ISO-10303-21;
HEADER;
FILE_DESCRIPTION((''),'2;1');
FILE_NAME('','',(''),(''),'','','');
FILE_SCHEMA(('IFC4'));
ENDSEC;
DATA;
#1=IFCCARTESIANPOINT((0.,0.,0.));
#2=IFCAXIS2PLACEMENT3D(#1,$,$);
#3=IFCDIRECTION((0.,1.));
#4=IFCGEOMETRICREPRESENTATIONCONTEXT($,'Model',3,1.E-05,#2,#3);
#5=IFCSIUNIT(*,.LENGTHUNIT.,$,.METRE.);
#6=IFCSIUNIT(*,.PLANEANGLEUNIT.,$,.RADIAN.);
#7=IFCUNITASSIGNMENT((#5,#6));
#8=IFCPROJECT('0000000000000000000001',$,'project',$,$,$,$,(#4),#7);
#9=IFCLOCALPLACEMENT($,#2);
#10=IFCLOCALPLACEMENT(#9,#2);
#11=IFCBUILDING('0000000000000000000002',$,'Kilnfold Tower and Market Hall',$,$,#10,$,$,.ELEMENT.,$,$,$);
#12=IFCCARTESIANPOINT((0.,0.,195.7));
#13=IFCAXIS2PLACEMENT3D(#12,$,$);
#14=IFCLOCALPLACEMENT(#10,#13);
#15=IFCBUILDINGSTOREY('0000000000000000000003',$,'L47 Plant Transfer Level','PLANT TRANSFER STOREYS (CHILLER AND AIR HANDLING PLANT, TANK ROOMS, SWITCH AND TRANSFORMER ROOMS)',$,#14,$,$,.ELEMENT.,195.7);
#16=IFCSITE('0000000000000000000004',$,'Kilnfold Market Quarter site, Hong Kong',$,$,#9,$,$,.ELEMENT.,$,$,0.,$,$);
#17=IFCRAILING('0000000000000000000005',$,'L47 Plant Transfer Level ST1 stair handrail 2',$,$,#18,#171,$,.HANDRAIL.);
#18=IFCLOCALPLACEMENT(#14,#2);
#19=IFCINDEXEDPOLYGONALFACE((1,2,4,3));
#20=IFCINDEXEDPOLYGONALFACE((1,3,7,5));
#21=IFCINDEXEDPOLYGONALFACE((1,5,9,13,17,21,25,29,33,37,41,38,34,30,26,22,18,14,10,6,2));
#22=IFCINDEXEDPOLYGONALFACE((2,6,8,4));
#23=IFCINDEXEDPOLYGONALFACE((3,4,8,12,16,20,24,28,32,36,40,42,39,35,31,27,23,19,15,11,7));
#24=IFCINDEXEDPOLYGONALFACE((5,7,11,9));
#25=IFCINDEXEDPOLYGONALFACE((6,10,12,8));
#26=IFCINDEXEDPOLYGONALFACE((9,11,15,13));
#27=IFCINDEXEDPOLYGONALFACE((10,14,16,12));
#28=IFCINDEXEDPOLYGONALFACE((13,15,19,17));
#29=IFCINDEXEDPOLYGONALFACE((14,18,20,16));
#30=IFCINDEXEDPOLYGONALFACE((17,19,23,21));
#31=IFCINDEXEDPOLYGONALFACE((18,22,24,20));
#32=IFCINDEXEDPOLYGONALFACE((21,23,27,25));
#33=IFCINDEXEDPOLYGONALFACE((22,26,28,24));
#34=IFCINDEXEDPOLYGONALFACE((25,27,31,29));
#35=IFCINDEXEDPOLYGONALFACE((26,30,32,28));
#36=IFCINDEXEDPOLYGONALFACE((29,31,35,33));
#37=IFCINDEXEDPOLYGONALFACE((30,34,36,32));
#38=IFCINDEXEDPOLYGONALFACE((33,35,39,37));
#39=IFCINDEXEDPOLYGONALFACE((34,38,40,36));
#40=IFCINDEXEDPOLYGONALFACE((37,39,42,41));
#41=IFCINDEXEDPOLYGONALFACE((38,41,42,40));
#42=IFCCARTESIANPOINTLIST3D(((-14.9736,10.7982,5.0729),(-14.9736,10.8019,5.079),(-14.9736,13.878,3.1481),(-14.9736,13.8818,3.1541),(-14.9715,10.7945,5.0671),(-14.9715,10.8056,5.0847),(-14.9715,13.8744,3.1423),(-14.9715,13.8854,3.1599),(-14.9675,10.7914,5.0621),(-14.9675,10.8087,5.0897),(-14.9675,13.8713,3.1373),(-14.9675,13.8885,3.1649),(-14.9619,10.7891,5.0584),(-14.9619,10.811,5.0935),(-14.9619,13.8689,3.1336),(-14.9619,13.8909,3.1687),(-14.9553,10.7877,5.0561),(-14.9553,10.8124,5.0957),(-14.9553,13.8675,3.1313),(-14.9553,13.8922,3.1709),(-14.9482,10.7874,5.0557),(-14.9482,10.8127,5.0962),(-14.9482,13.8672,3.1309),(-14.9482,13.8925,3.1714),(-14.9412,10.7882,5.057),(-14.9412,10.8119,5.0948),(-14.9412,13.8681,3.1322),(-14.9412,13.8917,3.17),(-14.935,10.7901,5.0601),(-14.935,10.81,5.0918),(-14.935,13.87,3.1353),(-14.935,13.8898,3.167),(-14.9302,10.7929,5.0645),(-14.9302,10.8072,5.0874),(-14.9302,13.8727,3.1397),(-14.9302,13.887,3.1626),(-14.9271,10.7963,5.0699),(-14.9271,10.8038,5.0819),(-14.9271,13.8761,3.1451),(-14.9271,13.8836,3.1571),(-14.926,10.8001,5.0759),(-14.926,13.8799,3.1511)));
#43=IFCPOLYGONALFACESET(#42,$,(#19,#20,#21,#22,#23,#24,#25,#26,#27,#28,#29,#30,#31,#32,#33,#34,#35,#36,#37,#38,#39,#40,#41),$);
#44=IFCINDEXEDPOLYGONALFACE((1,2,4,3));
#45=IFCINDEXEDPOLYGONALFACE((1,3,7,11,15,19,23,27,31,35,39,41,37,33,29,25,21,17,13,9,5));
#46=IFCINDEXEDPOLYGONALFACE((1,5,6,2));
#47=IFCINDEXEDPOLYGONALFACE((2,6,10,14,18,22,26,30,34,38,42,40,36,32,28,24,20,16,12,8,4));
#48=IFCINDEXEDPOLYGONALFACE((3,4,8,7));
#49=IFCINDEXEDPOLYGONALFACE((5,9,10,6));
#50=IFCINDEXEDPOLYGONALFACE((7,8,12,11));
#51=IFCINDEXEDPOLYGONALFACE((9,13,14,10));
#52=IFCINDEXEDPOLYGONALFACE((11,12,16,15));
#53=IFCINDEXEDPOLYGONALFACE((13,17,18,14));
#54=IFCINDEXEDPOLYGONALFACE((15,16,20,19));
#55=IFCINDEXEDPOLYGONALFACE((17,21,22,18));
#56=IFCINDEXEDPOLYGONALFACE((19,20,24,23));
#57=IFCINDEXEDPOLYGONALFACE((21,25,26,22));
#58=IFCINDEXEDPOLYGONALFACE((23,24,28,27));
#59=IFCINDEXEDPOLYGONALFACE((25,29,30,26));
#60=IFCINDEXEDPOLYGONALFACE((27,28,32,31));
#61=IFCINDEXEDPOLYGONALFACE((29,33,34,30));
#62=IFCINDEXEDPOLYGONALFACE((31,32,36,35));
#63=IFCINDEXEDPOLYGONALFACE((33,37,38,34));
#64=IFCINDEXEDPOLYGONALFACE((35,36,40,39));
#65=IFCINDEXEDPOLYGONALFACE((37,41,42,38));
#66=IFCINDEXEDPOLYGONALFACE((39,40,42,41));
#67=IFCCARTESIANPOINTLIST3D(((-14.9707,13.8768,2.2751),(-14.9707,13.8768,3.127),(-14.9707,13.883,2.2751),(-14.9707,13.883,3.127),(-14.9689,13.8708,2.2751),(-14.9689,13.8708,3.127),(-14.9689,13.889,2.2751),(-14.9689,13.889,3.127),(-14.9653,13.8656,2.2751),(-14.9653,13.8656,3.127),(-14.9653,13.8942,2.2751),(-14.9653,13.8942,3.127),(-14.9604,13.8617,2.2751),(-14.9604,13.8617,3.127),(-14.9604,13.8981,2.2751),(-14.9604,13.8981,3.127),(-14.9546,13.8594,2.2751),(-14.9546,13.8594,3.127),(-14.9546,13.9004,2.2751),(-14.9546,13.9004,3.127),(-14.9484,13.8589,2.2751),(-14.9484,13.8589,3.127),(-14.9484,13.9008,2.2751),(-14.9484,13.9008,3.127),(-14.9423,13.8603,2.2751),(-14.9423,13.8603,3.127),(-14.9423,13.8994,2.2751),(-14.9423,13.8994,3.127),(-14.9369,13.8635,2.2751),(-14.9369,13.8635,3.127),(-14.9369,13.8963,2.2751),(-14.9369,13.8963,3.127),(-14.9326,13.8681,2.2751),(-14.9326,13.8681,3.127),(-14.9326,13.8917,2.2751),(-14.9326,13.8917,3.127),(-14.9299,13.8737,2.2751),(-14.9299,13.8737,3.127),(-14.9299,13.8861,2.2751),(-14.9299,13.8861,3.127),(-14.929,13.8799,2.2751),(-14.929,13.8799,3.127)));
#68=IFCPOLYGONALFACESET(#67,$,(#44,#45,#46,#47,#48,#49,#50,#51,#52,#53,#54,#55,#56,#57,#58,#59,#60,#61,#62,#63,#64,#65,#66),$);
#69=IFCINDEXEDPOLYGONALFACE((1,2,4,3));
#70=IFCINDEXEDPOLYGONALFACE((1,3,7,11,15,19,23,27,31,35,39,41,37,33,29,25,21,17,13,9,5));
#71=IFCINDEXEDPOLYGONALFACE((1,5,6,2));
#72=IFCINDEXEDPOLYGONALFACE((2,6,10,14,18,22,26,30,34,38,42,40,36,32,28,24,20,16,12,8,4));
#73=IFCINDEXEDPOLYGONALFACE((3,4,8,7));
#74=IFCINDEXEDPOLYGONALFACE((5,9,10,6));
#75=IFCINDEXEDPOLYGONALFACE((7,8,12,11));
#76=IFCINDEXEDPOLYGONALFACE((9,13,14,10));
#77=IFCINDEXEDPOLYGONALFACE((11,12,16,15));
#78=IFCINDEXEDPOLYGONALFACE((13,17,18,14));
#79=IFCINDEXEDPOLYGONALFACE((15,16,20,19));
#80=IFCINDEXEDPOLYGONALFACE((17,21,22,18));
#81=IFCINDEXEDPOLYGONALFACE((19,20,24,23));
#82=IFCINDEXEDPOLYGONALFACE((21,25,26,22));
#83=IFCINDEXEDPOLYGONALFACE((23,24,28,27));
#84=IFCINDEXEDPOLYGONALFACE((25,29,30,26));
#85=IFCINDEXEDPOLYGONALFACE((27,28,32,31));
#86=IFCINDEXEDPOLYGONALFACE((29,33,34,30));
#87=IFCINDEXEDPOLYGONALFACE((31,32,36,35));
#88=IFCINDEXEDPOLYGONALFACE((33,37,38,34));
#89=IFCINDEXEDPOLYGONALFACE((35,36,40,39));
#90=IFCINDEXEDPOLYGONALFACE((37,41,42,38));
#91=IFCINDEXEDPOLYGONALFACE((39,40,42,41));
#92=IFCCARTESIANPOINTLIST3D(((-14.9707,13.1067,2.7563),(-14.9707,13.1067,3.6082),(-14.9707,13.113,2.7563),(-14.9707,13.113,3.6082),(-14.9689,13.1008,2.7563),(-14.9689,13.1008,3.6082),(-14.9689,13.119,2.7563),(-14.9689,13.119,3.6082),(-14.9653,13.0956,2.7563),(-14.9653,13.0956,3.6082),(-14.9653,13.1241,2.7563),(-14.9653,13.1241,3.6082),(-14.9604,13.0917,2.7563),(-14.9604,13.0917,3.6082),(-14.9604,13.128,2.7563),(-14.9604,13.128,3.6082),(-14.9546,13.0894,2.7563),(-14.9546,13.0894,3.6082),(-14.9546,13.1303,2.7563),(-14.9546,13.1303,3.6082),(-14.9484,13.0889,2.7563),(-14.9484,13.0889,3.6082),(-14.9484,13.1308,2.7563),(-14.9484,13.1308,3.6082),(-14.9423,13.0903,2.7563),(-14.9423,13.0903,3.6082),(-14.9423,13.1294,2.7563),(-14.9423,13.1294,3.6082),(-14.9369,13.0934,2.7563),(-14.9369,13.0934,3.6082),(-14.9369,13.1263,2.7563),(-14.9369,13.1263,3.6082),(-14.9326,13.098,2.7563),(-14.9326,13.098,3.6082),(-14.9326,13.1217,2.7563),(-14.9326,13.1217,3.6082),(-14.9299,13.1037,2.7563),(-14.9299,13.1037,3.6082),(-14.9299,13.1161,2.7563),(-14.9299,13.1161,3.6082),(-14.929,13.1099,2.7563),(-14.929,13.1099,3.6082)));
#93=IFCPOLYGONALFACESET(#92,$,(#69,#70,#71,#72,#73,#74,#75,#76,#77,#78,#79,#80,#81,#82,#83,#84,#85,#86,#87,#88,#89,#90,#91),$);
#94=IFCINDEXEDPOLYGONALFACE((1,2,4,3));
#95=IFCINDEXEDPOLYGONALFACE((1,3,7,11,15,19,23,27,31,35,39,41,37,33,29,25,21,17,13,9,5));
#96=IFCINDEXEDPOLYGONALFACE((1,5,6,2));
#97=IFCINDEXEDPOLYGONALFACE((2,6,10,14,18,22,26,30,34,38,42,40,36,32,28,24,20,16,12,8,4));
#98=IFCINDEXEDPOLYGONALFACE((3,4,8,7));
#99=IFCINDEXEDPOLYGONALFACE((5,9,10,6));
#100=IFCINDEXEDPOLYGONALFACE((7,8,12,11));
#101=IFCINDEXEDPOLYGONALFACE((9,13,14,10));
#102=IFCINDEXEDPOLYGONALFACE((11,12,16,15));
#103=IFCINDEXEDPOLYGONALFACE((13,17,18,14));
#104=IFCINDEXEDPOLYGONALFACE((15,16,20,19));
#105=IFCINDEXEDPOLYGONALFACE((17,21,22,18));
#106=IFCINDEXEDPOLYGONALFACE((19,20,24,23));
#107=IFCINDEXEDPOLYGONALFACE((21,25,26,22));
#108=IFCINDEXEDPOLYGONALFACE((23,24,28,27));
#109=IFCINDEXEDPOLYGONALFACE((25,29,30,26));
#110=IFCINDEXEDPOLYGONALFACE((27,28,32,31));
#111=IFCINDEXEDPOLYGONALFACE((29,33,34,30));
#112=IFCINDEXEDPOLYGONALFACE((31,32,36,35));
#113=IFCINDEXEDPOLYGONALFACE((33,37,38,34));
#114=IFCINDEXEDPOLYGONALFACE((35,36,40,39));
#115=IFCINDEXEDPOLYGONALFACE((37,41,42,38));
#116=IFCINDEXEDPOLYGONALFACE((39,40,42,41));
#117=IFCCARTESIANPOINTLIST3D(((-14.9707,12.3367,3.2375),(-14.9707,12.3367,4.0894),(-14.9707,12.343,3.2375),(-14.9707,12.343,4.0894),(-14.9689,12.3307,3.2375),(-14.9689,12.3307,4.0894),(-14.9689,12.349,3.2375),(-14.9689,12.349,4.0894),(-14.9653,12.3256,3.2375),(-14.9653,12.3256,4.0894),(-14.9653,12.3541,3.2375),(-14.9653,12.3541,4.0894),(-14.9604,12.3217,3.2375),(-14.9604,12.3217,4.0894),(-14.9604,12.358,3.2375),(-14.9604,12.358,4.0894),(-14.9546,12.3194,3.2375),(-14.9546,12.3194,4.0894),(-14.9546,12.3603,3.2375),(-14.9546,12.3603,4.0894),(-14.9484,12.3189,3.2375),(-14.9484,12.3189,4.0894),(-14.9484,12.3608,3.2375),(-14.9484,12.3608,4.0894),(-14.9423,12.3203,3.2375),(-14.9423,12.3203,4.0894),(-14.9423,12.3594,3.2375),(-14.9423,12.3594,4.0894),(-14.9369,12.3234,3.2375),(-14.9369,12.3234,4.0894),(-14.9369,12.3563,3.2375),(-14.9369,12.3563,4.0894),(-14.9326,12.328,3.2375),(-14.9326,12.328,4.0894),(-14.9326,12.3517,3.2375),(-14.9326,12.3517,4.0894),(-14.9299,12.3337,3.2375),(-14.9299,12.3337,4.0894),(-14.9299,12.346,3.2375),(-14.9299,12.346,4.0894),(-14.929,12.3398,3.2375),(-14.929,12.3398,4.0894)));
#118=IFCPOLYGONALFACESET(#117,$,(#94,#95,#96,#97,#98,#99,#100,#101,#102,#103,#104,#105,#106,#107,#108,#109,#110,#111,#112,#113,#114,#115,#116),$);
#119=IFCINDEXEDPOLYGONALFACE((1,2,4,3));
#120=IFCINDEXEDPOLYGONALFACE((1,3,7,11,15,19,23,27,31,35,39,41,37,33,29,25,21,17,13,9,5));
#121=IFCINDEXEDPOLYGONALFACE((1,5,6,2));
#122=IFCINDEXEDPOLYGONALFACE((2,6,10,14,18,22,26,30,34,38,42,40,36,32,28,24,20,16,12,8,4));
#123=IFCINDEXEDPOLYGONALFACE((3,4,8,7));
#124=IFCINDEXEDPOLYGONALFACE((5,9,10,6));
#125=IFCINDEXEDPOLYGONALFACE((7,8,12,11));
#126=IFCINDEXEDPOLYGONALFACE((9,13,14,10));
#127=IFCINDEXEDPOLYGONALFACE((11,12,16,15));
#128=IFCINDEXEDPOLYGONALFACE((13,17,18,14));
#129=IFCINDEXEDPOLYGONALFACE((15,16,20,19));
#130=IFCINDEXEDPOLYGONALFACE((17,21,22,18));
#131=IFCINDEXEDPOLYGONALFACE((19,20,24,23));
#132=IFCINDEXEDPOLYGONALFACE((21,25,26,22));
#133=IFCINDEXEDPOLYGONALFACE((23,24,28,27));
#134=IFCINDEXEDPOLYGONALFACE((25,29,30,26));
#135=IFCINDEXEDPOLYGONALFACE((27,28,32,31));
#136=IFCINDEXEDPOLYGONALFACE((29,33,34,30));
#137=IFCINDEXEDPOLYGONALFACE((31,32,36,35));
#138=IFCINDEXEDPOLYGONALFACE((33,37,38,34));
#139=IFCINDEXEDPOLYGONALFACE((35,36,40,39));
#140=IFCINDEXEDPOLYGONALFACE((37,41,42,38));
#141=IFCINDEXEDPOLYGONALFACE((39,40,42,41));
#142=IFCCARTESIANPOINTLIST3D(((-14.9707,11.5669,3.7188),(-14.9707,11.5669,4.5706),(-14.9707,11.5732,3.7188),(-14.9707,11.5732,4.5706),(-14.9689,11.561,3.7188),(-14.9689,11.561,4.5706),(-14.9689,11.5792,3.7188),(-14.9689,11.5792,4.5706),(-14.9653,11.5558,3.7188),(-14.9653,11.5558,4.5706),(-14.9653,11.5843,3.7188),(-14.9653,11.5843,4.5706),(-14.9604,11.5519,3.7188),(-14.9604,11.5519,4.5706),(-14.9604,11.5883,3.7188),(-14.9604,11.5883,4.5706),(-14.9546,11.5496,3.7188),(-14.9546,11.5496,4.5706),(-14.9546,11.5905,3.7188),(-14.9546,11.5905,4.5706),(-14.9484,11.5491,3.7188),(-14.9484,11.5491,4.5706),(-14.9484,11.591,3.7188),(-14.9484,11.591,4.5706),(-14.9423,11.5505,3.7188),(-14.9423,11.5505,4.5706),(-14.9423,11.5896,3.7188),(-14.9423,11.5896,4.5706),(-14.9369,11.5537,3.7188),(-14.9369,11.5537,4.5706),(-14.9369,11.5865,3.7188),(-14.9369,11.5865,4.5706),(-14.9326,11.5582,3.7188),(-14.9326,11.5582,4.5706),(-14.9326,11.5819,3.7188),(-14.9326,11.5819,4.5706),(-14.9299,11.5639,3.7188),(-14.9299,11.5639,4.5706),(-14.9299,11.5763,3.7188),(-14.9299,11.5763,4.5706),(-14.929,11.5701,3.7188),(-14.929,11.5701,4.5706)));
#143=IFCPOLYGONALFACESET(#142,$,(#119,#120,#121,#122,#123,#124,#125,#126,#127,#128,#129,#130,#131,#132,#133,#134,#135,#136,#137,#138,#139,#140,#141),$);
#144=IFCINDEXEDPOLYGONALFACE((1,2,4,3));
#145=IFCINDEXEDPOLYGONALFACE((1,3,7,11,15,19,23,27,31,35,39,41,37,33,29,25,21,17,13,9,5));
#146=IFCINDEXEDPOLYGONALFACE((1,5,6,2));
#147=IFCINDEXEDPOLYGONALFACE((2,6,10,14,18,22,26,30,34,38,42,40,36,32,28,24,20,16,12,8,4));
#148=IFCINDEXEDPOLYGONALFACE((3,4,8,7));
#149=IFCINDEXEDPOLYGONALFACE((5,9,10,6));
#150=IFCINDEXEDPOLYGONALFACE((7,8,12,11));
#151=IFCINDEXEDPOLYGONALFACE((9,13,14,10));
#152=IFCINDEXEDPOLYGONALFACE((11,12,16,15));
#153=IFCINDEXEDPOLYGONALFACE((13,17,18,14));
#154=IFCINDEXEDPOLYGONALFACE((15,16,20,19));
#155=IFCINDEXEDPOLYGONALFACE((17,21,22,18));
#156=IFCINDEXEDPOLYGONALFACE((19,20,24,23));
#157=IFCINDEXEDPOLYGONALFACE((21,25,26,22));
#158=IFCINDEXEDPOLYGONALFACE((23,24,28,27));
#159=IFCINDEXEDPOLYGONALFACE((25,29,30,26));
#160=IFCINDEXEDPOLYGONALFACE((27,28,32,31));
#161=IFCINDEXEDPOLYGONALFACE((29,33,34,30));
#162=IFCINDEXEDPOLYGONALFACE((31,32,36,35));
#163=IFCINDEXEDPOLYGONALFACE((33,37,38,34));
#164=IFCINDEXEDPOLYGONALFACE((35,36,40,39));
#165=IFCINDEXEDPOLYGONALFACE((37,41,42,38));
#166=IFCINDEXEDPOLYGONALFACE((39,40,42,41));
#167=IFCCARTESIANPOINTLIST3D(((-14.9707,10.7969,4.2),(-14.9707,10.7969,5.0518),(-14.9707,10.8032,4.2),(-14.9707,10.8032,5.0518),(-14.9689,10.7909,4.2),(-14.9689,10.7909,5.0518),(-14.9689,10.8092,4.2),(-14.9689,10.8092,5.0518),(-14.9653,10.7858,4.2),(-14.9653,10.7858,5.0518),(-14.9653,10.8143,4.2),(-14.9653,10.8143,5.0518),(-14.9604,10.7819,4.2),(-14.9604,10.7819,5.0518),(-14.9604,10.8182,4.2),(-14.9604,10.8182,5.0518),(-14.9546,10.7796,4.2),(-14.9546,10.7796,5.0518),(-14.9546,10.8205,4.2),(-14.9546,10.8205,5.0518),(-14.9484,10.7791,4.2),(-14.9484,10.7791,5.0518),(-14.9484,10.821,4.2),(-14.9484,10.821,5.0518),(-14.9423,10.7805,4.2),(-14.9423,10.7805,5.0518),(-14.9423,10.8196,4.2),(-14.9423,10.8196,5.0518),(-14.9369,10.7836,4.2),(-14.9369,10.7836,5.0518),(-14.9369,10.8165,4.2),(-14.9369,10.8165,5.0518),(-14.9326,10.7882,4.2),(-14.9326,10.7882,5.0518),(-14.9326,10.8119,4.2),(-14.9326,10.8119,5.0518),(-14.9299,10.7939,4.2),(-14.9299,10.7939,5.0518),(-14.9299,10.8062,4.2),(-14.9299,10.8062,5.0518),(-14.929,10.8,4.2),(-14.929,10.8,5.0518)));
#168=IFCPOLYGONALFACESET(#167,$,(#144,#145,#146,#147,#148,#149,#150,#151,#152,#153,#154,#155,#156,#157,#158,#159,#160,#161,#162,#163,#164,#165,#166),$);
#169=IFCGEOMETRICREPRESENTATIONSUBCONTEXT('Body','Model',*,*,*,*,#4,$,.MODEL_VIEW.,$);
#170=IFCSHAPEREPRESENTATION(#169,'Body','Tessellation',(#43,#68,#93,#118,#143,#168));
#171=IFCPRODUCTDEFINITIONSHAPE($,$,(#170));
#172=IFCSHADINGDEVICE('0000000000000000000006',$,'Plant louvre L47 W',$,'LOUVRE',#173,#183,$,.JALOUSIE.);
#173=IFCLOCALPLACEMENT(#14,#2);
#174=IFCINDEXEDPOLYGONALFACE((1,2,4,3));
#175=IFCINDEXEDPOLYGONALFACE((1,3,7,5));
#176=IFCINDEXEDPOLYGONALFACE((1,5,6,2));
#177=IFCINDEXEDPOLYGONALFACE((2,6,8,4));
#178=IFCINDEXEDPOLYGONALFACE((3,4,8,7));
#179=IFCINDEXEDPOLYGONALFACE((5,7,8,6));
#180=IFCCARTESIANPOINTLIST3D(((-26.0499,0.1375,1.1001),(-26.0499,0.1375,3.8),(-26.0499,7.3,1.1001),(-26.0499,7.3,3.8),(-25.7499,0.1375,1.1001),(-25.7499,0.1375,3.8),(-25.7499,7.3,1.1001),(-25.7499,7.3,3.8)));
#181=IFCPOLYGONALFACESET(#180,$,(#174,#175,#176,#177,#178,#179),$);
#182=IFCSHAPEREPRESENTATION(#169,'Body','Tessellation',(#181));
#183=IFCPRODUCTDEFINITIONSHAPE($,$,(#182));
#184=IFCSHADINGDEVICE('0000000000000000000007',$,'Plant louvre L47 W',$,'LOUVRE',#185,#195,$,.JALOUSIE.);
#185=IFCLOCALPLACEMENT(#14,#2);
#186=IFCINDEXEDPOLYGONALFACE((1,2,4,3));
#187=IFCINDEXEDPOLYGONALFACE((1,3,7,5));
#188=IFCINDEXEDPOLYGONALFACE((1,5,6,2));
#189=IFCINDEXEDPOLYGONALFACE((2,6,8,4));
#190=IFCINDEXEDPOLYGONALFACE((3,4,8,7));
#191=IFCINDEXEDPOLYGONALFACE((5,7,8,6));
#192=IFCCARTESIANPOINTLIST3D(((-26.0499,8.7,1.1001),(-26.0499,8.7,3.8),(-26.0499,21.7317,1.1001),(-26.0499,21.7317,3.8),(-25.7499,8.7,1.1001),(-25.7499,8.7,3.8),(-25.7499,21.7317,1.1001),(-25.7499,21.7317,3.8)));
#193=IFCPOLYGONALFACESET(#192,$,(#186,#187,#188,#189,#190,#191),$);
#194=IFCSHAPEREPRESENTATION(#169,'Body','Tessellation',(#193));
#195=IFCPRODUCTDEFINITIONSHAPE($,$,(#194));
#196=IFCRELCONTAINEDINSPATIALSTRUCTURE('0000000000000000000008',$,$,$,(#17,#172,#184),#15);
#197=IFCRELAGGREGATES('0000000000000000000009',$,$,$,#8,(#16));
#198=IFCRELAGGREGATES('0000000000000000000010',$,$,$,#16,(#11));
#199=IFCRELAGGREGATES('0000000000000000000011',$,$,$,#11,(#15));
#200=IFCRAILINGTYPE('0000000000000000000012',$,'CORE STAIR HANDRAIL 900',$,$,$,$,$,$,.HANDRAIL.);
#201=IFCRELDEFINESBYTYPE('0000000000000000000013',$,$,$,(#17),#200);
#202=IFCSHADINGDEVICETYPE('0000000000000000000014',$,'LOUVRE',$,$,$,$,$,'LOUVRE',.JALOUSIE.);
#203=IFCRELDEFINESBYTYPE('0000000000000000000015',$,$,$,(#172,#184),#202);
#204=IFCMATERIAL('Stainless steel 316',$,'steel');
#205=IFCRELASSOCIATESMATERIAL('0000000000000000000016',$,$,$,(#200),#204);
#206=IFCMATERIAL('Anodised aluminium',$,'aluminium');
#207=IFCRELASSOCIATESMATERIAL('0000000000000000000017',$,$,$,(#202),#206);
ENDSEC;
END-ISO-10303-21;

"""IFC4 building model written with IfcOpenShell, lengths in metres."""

from ifc_helpers import new_model, si_unit, direction, frame, origin, origin_2d, place, context, subcontext, project, spatial, rectangle, circle, extrude, source, transform, mapped, material, type_object, element, save


model = new_model("IFC4")

# Units and contexts
model_context = context("Model", 3, precision=1e-05, world=origin(), true_north=direction((0.0, 1.0)))
body_context = subcontext(model_context, "Body", "Model", "MODEL_VIEW")
ifc_project = project(units=[si_unit("LENGTHUNIT", "METRE"), si_unit("PLANEANGLEUNIT", "RADIAN")], contexts=[model_context])

# Site, building, storey
site_placement = place(None, origin())
site = spatial("IfcSite", under=ifc_project, at=site_placement, Name="Kilnfold Market Quarter site, Hong Kong", CompositionType="ELEMENT", RefElevation=0.0)
building_placement = place(site_placement, origin())
building = spatial("IfcBuilding", under=site, at=building_placement, Name="Kilnfold Tower and Market Hall", CompositionType="ELEMENT")
storey_placement = place(building_placement, frame((0.0, 0.0, 195.7)))
storey = spatial("IfcBuildingStorey", under=building, at=storey_placement, Name="L47 Plant Transfer Level", Description="PLANT TRANSFER STOREYS (CHILLER AND AIR HANDLING PLANT, TANK ROOMS, SWITCH AND TRANSFORMER ROOMS)", CompositionType="ELEMENT", Elevation=195.7)

# Railing
ifc_material_1 = material(Name="Stainless steel 316", Category="steel")
railing_type_1 = type_object("IfcRailingType", Name="CORE STAIR HANDRAIL 900", PredefinedType="HANDRAIL", material=ifc_material_1)
railing_1_placement = place(storey_placement, frame((-14.95, 13.8799, 2.2751)))
element("IfcRailing", 1, at=railing_1_placement, inside=storey, type_object=railing_type_1, Name="L47 Plant Transfer Level ST1 stair handrail 2", PredefinedType="HANDRAIL", context=body_context, shape_type="SweptSolid", body=[
    extrude(circle(Radius=0.0239, at=origin_2d()), frame((0.0, 0.0, 0.876), z_axis=(0.0, -0.84801, 0.529981), x_axis=(1.0, 0.0, 0.0)), (0.0, 0.0, 1.0), 3.6318),
    extrude(circle(Radius=0.021, at=origin_2d()), origin(), (0.0, 0.0, 1.0), 0.8518),
    extrude(circle(Radius=0.021, at=origin_2d()), frame((0.0, -0.77, 0.4812)), (0.0, 0.0, 1.0), 0.8518),
    extrude(circle(Radius=0.021, at=origin_2d()), frame((0.0, -1.54, 0.9624)), (0.0, 0.0, 1.0), 0.8518),
    extrude(circle(Radius=0.021, at=origin_2d()), frame((0.0, -2.3098, 1.4436)), (0.0, 0.0, 1.0), 0.8518),
    extrude(circle(Radius=0.021, at=origin_2d()), frame((0.0, -3.0798, 1.9248)), (0.0, 0.0, 1.0), 0.8518),
])

# Shading devices
ifc_material_2 = material(Name="Anodised aluminium", Category="aluminium")
shading_device_type = type_object("IfcShadingDeviceType", Name="LOUVRE", ElementType="LOUVRE", PredefinedType="JALOUSIE", material=ifc_material_2)
shared_shape_1 = source(origin(), body_context, "Body", "SweptSolid", [
    extrude(rectangle(XDim=7.1626, YDim=0.3, at=origin_2d()), origin(), (0.0, 0.0, 1.0), 2.7),
])
shading_device_1_placement = place(storey_placement, frame((-25.8999, 3.7188, 1.1001), z_axis=(0.0, 0.0, 1.0), x_axis=(0.0, -1.0, 0.0)))
element("IfcShadingDevice", 2, at=shading_device_1_placement, inside=storey, type_object=shading_device_type, Name="Plant louvre L47 W", ObjectType="LOUVRE", PredefinedType="JALOUSIE", context=body_context, shape_type="MappedRepresentation", body=[
    mapped(shared_shape_1, transform((0.0, 0.0, 0.0))),
])
shared_shape_2 = source(origin(), body_context, "Body", "SweptSolid", [
    extrude(rectangle(XDim=13.0317, YDim=0.3, at=origin_2d()), origin(), (0.0, 0.0, 1.0), 2.7),
])
shading_device_2_placement = place(storey_placement, frame((-25.8999, 15.2158, 1.1001), z_axis=(0.0, 0.0, 1.0), x_axis=(0.0, -1.0, 0.0)))
element("IfcShadingDevice", 3, at=shading_device_2_placement, inside=storey, type_object=shading_device_type, Name="Plant louvre L47 W", ObjectType="LOUVRE", PredefinedType="JALOUSIE", context=body_context, shape_type="MappedRepresentation", body=[
    mapped(shared_shape_2, transform((0.0, 0.0, 0.0))),
])

save(model, "model.ifc")
